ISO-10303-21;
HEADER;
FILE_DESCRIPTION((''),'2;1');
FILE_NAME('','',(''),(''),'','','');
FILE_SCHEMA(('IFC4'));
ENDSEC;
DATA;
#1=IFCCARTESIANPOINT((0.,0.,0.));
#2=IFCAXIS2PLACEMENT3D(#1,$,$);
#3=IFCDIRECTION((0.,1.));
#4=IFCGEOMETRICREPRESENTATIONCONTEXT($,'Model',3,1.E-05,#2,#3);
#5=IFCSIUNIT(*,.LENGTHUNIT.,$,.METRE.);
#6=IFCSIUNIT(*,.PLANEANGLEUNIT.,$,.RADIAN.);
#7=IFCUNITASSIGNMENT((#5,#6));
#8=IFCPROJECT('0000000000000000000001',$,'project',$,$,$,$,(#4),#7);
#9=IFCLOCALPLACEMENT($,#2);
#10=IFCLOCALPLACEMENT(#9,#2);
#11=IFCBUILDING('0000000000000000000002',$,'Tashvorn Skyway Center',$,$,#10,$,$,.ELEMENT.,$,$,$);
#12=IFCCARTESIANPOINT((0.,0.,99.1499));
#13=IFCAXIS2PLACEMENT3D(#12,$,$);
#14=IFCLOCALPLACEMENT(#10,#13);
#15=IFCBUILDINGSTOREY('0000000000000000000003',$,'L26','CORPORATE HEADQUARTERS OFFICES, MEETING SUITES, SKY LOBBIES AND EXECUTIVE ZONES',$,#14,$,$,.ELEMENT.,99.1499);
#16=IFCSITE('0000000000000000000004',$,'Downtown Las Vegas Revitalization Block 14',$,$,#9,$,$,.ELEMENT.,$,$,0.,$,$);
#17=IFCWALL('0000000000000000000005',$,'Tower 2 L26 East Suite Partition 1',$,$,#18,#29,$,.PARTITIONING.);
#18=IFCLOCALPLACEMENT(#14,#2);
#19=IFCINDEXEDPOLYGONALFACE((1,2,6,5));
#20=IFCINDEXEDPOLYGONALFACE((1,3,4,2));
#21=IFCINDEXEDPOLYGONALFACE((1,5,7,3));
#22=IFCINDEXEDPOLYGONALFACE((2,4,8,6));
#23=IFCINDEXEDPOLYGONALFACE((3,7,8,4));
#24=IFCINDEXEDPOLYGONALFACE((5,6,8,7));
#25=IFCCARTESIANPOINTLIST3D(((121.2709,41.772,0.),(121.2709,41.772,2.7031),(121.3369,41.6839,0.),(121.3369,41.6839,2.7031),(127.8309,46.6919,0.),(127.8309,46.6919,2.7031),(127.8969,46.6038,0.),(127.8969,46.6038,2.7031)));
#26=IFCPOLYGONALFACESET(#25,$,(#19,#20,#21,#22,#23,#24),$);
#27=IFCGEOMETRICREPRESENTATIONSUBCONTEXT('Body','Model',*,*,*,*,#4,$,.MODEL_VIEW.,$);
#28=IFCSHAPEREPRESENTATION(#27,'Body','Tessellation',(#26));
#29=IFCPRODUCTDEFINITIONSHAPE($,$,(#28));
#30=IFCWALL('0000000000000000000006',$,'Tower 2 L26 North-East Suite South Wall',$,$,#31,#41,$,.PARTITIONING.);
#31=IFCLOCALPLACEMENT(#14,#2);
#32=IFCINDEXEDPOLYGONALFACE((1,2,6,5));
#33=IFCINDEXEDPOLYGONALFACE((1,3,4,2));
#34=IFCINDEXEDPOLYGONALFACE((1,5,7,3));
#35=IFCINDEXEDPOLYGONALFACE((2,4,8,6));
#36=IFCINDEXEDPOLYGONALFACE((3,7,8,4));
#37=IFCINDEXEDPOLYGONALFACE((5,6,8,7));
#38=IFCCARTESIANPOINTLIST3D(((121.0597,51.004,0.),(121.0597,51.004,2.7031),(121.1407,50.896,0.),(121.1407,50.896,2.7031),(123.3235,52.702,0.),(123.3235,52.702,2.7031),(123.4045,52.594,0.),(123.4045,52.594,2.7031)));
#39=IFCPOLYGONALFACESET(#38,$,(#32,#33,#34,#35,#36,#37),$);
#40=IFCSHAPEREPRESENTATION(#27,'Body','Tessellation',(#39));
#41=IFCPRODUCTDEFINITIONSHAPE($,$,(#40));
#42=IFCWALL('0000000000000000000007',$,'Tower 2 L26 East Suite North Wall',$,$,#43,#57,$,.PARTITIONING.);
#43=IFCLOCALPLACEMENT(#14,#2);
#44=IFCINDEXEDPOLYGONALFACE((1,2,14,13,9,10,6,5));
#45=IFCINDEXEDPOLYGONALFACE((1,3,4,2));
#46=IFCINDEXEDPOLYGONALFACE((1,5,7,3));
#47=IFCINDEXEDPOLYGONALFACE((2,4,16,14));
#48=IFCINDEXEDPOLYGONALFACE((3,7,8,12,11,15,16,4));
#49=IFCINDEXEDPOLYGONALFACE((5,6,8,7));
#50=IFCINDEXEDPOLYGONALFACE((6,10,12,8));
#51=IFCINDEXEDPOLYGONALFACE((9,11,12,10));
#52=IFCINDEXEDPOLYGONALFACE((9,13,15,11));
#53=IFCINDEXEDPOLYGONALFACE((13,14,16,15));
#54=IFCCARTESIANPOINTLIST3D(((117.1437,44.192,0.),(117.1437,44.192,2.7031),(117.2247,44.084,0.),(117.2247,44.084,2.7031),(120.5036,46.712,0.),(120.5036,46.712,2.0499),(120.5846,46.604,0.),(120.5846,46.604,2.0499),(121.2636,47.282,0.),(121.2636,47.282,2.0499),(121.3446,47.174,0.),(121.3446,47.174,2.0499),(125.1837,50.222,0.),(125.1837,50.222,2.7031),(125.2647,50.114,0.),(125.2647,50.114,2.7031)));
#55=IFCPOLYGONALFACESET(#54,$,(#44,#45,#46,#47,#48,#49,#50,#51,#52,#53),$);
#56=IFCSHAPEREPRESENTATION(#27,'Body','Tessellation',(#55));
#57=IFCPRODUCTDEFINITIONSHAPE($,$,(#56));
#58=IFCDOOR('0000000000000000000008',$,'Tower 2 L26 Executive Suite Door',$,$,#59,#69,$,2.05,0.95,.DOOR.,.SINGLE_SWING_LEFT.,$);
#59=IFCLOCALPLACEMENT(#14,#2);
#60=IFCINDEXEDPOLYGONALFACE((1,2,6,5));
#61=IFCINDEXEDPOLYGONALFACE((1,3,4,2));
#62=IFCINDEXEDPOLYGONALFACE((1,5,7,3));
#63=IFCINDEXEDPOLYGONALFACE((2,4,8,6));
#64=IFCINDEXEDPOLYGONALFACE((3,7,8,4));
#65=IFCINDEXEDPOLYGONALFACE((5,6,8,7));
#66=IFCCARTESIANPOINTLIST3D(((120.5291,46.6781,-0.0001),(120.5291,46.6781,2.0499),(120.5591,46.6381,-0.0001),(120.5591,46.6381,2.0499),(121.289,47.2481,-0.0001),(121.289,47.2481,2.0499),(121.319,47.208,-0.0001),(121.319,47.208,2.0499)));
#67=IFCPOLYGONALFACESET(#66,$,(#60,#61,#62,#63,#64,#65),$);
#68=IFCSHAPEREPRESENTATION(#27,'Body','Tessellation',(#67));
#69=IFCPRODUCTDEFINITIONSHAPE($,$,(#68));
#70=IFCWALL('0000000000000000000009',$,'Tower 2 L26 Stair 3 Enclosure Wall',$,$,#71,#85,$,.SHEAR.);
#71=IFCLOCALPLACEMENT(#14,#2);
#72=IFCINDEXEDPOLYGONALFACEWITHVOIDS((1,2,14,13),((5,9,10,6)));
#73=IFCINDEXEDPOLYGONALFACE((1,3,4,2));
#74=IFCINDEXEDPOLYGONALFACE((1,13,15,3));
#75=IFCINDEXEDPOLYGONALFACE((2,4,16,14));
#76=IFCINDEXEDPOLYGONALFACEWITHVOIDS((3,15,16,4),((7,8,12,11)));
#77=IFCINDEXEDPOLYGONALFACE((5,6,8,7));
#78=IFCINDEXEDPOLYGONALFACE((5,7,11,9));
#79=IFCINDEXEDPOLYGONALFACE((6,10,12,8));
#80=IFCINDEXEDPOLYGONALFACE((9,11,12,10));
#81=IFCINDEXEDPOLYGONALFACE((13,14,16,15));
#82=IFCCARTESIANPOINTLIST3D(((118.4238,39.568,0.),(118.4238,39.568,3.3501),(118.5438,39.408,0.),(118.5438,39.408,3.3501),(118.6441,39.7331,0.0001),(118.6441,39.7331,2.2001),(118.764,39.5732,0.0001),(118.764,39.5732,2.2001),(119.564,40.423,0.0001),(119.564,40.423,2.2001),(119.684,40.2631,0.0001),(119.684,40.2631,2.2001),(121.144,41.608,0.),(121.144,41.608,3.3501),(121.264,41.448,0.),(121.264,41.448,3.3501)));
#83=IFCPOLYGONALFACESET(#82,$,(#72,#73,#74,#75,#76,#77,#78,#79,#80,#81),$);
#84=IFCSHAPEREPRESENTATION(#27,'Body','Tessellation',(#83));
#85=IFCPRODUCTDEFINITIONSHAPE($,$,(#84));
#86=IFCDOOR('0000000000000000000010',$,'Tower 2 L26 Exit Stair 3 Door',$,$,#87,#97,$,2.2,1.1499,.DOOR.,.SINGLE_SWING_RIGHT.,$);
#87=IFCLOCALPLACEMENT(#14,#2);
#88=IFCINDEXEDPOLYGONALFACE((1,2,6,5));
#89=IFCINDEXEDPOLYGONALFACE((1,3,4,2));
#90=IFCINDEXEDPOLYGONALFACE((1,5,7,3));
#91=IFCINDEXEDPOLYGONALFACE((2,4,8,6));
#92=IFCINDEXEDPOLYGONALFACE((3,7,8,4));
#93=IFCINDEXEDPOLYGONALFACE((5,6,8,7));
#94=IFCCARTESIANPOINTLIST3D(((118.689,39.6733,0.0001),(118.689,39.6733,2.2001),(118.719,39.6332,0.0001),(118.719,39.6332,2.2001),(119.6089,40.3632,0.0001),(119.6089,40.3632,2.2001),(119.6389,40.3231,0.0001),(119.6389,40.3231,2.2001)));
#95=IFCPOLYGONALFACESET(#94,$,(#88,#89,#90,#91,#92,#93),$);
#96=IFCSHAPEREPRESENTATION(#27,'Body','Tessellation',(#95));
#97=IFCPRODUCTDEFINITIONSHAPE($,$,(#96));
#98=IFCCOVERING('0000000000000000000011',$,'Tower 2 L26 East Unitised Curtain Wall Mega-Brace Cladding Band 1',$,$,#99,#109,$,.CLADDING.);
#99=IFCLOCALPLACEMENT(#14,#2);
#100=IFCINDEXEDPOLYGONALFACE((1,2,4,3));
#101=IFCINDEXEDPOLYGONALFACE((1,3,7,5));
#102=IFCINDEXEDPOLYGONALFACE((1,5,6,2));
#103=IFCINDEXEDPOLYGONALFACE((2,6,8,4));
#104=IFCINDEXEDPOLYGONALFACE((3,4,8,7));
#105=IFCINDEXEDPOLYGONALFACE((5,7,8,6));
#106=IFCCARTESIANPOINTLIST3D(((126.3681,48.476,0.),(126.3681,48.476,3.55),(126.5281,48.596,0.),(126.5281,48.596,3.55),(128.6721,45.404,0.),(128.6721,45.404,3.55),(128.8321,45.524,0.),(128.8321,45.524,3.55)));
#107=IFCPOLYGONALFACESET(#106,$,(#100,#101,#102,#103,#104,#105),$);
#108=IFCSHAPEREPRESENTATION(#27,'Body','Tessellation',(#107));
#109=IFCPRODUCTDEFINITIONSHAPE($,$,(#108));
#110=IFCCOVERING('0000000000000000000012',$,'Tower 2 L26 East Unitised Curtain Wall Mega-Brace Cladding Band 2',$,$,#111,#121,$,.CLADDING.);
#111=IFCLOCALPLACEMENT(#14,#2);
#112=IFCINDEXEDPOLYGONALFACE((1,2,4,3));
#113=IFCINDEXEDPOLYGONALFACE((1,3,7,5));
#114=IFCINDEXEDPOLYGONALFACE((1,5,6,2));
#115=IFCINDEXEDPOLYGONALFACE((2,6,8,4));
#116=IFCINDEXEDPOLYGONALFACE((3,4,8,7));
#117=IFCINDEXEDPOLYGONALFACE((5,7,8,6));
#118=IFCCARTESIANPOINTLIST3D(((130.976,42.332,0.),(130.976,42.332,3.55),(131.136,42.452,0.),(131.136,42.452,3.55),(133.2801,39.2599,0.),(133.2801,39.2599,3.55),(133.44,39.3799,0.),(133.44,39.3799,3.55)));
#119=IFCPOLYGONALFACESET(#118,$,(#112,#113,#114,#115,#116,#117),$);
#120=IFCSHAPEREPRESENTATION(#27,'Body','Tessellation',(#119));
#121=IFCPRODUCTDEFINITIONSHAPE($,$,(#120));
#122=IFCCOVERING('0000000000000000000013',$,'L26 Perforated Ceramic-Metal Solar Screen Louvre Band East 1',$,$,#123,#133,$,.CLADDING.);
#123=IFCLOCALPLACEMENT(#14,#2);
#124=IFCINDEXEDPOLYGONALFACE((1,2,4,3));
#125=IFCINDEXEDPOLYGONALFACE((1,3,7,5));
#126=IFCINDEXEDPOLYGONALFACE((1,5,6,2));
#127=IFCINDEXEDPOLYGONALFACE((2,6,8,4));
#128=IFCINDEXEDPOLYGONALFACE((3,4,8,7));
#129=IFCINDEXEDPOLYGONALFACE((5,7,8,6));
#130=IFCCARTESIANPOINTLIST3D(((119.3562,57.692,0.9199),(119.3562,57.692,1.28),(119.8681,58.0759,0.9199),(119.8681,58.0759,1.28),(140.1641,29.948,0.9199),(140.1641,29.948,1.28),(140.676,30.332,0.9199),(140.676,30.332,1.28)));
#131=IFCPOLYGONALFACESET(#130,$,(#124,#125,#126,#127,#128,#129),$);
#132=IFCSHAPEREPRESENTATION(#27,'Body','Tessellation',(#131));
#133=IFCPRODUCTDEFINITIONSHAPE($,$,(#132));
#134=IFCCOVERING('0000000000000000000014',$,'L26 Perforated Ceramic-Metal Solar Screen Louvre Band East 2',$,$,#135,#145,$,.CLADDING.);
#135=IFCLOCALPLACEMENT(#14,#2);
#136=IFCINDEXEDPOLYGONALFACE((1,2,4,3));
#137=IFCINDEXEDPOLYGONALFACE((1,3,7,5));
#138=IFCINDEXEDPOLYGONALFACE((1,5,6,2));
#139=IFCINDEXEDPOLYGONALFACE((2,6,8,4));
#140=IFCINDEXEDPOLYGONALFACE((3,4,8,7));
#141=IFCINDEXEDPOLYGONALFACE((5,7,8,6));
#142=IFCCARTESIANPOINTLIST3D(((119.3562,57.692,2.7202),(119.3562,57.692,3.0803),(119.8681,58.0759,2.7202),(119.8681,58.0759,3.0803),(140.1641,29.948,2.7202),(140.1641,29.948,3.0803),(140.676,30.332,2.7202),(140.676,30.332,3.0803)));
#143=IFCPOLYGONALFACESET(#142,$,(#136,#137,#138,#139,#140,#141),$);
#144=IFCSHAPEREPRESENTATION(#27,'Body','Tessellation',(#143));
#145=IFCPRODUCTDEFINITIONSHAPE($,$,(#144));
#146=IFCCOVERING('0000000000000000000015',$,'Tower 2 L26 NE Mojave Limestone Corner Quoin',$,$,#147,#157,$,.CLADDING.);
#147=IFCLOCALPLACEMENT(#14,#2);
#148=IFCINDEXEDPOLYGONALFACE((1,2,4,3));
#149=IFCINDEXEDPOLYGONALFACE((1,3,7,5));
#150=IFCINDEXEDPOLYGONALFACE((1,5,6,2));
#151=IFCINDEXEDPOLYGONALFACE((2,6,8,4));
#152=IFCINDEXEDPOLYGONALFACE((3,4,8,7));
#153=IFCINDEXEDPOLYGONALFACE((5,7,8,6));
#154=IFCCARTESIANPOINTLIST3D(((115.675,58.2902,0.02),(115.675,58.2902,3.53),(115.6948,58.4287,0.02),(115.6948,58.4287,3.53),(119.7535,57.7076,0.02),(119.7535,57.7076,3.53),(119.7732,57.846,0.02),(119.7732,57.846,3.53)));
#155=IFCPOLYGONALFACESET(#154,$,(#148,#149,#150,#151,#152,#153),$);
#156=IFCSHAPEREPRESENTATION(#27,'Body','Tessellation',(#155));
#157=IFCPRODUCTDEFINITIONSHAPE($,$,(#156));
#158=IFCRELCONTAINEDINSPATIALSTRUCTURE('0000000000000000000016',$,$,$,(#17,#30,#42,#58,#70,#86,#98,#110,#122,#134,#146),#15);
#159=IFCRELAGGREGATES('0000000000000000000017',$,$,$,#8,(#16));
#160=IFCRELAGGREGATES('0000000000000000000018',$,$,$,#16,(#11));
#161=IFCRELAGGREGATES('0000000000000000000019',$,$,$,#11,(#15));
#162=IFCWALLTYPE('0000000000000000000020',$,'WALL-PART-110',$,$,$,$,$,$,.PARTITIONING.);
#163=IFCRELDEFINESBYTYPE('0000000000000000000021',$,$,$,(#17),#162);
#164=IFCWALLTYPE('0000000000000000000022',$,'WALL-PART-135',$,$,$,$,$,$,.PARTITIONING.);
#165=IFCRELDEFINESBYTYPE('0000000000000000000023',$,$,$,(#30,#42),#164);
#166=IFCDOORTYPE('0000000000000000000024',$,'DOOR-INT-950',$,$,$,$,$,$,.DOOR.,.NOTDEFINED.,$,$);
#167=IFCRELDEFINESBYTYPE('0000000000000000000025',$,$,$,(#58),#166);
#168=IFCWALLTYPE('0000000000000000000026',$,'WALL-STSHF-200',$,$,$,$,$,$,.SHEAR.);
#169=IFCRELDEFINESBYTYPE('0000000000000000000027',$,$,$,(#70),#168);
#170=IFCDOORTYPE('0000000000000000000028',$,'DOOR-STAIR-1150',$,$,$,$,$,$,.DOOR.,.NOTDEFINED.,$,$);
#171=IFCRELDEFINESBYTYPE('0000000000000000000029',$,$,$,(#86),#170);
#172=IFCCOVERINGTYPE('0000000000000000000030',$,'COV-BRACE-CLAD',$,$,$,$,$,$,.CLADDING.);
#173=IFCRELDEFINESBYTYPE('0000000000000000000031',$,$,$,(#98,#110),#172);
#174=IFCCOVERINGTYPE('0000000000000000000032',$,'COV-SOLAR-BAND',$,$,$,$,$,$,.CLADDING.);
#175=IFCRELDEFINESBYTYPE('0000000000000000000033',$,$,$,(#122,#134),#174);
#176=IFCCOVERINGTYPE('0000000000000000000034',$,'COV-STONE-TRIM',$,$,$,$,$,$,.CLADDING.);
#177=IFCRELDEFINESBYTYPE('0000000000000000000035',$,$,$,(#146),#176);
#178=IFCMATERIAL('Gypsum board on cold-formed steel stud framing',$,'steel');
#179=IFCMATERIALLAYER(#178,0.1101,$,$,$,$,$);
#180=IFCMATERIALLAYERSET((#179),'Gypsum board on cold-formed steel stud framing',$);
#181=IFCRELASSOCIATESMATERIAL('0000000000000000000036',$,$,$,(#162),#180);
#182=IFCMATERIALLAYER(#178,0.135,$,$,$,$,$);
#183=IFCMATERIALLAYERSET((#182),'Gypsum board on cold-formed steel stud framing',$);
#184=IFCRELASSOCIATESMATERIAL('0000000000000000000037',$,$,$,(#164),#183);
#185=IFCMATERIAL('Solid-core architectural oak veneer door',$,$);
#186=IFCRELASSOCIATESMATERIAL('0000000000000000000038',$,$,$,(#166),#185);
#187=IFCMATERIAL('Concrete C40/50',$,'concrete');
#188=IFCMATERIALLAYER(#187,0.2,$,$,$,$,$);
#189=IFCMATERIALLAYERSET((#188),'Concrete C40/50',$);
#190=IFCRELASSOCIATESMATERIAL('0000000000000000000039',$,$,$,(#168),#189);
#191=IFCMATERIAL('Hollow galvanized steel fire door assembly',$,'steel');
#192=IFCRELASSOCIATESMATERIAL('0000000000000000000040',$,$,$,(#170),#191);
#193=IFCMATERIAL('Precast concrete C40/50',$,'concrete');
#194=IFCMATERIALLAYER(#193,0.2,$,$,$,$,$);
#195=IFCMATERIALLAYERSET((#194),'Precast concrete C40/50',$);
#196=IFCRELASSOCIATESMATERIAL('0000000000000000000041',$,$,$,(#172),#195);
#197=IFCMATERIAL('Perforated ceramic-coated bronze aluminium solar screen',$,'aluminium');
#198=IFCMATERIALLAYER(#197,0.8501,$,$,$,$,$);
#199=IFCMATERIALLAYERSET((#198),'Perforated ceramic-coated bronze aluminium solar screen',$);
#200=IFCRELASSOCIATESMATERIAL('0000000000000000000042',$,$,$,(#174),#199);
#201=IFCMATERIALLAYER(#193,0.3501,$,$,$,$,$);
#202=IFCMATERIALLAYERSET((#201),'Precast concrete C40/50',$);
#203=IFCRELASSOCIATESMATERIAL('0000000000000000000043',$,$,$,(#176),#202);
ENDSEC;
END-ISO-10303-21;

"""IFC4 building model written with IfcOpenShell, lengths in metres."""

from ifc_helpers import new_model, si_unit, direction, frame, frame_2d, origin, origin_2d, place, context, subcontext, project, spatial, rectangle, extrude, material, layer, layer_set, type_object, element, fill, save


model = new_model("IFC4")

# Units and contexts
model_context = context("Model", 3, precision=1e-05, world=origin(), true_north=direction((0.0, 1.0)))
body_context = subcontext(model_context, "Body", "Model", "MODEL_VIEW")
ifc_project = project(units=[si_unit("LENGTHUNIT", "METRE"), si_unit("PLANEANGLEUNIT", "RADIAN")], contexts=[model_context])

# Site, building, storey
site_placement = place(None, origin())
site = spatial("IfcSite", under=ifc_project, at=site_placement, Name="Downtown Las Vegas Revitalization Block 14", CompositionType="ELEMENT", RefElevation=0.0)
building_placement = place(site_placement, origin())
building = spatial("IfcBuilding", under=site, at=building_placement, Name="Tashvorn Skyway Center", CompositionType="ELEMENT")
storey_placement = place(building_placement, frame((0.0, 0.0, 99.1499)))
storey = spatial("IfcBuildingStorey", under=building, at=storey_placement, Name="L26", Description="CORPORATE HEADQUARTERS OFFICES, MEETING SUITES, SKY LOBBIES AND EXECUTIVE ZONES", CompositionType="ELEMENT", Elevation=99.1499)

# Walls
ifc_material_1 = material(Name="Precast concrete C40/50", Category="concrete")
ifc_material_2 = material(Name="Gypsum board on cold-formed steel stud framing", Category="steel")
ifc_layer_1 = layer(ifc_material_2, 0.1101)
ifc_layer_set_1 = layer_set([ifc_layer_1], Name="Gypsum board on cold-formed steel stud framing")
wall_type_1 = type_object("IfcWallType", Name="WALL-PART-110", PredefinedType="PARTITIONING", material=ifc_layer_set_1)
wall_1_placement = place(storey_placement, frame((127.864, 46.6479, 0.0), z_axis=(0.0, 0.0, 1.0), x_axis=(-0.800007, -0.59999, 0.0)))
element("IfcWall", 1, at=wall_1_placement, inside=storey, type_object=wall_type_1, Name="Tower 2 L26 East Suite Partition 1", PredefinedType="PARTITIONING", context=body_context, shape_type="SweptSolid", body=[
    extrude(rectangle(XDim=8.2, YDim=0.1101, at=frame_2d((4.1001, 0.0))), origin(), (0.0, 0.0, 1.0), 2.7031),
])
ifc_layer_2 = layer(ifc_material_2, 0.135)
ifc_layer_set_2 = layer_set([ifc_layer_2], Name="Gypsum board on cold-formed steel stud framing")
wall_type_2 = type_object("IfcWallType", Name="WALL-PART-135", PredefinedType="PARTITIONING", material=ifc_layer_set_2)
wall_2_placement = place(storey_placement, frame((121.1001, 50.95, 0.0), z_axis=(0.0, 0.0, 1.0), x_axis=(0.79999, 0.600014, 0.0)))
element("IfcWall", 2, at=wall_2_placement, inside=storey, type_object=wall_type_2, Name="Tower 2 L26 North-East Suite South Wall", PredefinedType="PARTITIONING", context=body_context, shape_type="SweptSolid", body=[
    extrude(rectangle(XDim=2.8298, YDim=0.135, at=frame_2d((1.415, 0.0))), origin(), (0.0, 0.0, 1.0), 2.7031),
])

# Walls, openings, doors
wall_3_placement = place(storey_placement, frame((125.2241, 50.168, 0.0), z_axis=(0.0, 0.0, 1.0), x_axis=(-0.8, -0.6, 0.0)))
wall_3 = element("IfcWall", 3, at=wall_3_placement, inside=storey, type_object=wall_type_2, Name="Tower 2 L26 East Suite North Wall", PredefinedType="PARTITIONING", context=body_context, shape_type="SweptSolid", body=[
    extrude(rectangle(XDim=10.05, YDim=0.135, at=frame_2d((5.0249, 0.0))), origin(), (0.0, 0.0, 1.0), 2.7031),
])
opening_1_placement = place(wall_3_placement, frame((4.8999, 0.0, 0.0)))
opening_1 = element("IfcOpeningElement", 4, at=opening_1_placement, cuts=wall_3, PredefinedType="OPENING", context=body_context, shape_type="SweptSolid", body=[
    extrude(rectangle(XDim=0.95, YDim=2.05, at=frame_2d((0.4751, 1.0249))), frame((0.0, 0.0774, 0.0), z_axis=(0.0, -1.0, 0.0), x_axis=(1.0, 0.0, 0.0)), (0.0, 0.0, 1.0), 0.155),
])
ifc_material_3 = material(Name="Solid-core architectural oak veneer door")
door_type_1 = type_object("IfcDoorType", Name="DOOR-INT-950", OperationType="NOTDEFINED", PredefinedType="DOOR", material=ifc_material_3)
door_1_placement = place(opening_1_placement, origin())
door_1 = element("IfcDoor", 5, at=door_1_placement, inside=storey, type_object=door_type_1, Name="Tower 2 L26 Executive Suite Door", OperationType="SINGLE_SWING_LEFT", OverallHeight=2.05, OverallWidth=0.95, PredefinedType="DOOR", context=body_context, shape_type="SweptSolid", body=[
    extrude(rectangle(XDim=0.95, YDim=2.05, at=frame_2d((0.4751, 1.0249))), frame((0.0, 0.0249, 0.0), z_axis=(0.0, -1.0, 0.0), x_axis=(1.0, 0.0, 0.0)), (0.0, 0.0, 1.0), 0.05),
])
fill(opening_1, door_1)
ifc_material_4 = material(Name="Concrete C40/50", Category="concrete")
ifc_layer_3 = layer(ifc_material_4, 0.2)
ifc_layer_set_3 = layer_set([ifc_layer_3], Name="Concrete C40/50")
wall_type_3 = type_object("IfcWallType", Name="WALL-STSHF-200", PredefinedType="SHEAR", material=ifc_layer_set_3)
wall_4_placement = place(storey_placement, frame((121.2041, 41.5281, 0.0), z_axis=(0.0, 0.0, 1.0), x_axis=(-0.800017, -0.599977, 0.0)))
wall_4 = element("IfcWall", 6, at=wall_4_placement, inside=storey, type_object=wall_type_3, Name="Tower 2 L26 Stair 3 Enclosure Wall", PredefinedType="SHEAR", context=body_context, shape_type="SweptSolid", body=[
    extrude(rectangle(XDim=3.4001, YDim=0.2, at=frame_2d((1.7002, 0.0))), origin(), (0.0, 0.0, 1.0), 3.3501),
])
opening_2_placement = place(wall_4_placement, frame((1.9751, 0.0, 0.0)))
opening_2 = element("IfcOpeningElement", 7, at=opening_2_placement, cuts=wall_4, PredefinedType="OPENING", context=body_context, shape_type="SweptSolid", body=[
    extrude(rectangle(XDim=1.1499, YDim=2.2, at=frame_2d((0.575, 1.1001))), frame((0.0, 0.1099, 0.0), z_axis=(0.0, -1.0, 0.0), x_axis=(1.0, 0.0, 0.0)), (0.0, 0.0, 1.0), 0.22),
])
ifc_material_5 = material(Name="Hollow galvanized steel fire door assembly", Category="steel")
door_type_2 = type_object("IfcDoorType", Name="DOOR-STAIR-1150", OperationType="NOTDEFINED", PredefinedType="DOOR", material=ifc_material_5)
door_2_placement = place(opening_2_placement, origin())
door_2 = element("IfcDoor", 8, at=door_2_placement, inside=storey, type_object=door_type_2, Name="Tower 2 L26 Exit Stair 3 Door", OperationType="SINGLE_SWING_RIGHT", OverallHeight=2.2, OverallWidth=1.1499, PredefinedType="DOOR", context=body_context, shape_type="SweptSolid", body=[
    extrude(rectangle(XDim=1.1499, YDim=2.2, at=frame_2d((0.575, 1.1001))), frame((0.0, 0.0249, 0.0), z_axis=(0.0, -1.0, 0.0), x_axis=(1.0, 0.0, 0.0)), (0.0, 0.0, 1.0), 0.05),
])
fill(opening_2, door_2)

# Coverings
ifc_layer_4 = layer(ifc_material_1, 0.2)
ifc_layer_set_4 = layer_set([ifc_layer_4], Name="Precast concrete C40/50")
covering_type_1 = type_object("IfcCoveringType", Name="COV-BRACE-CLAD", PredefinedType="CLADDING", material=ifc_layer_set_4)
for number, where, z_axis, x_axis, name in (
    (9, (127.6001, 47.0, 0.0), (0.0, 0.0, 1.0), (0.6, -0.8, 0.0), "Tower 2 L26 East Unitised Curtain Wall Mega-Brace Cladding Band 1"),
    (10, (132.208, 40.856, 0.0), (0.0, 0.0, 1.0), (0.6, -0.8, 0.0), "Tower 2 L26 East Unitised Curtain Wall Mega-Brace Cladding Band 2"),
):
    element("IfcCovering", number, at=place(storey_placement, frame(where, z_axis=z_axis, x_axis=x_axis)), inside=storey, type_object=covering_type_1, Name=name, PredefinedType="CLADDING", context=body_context, shape_type="SweptSolid", body=[
        extrude(rectangle(XDim=3.8401, YDim=0.2, at=origin_2d()), origin(), (0.0, 0.0, 1.0), 3.55),
    ])
ifc_material_6 = material(Name="Perforated ceramic-coated bronze aluminium solar screen", Category="aluminium")
ifc_layer_5 = layer(ifc_material_6, 0.8501)
ifc_layer_set_5 = layer_set([ifc_layer_5], Name="Perforated ceramic-coated bronze aluminium solar screen")
covering_type_2 = type_object("IfcCoveringType", Name="COV-SOLAR-BAND", PredefinedType="CLADDING", material=ifc_layer_set_5)
for number, where, z_axis, x_axis, name in (
    (11, (130.0161, 44.012, 0.9199), (0.0, 0.0, 1.0), (0.6, -0.8, 0.0), "L26 Perforated Ceramic-Metal Solar Screen Louvre Band East 1"),
    (12, (130.0161, 44.012, 2.7202), (0.0, 0.0, 1.0), (0.6, -0.8, 0.0), "L26 Perforated Ceramic-Metal Solar Screen Louvre Band East 2"),
):
    element("IfcCovering", number, at=place(storey_placement, frame(where, z_axis=z_axis, x_axis=x_axis)), inside=storey, type_object=covering_type_2, Name=name, PredefinedType="CLADDING", context=body_context, shape_type="SweptSolid", body=[
        extrude(rectangle(XDim=34.6799, YDim=0.6399, at=origin_2d()), origin(), (0.0, 0.0, 1.0), 0.3601),
    ])
ifc_layer_6 = layer(ifc_material_1, 0.3501)
ifc_layer_set_6 = layer_set([ifc_layer_6], Name="Precast concrete C40/50")
covering_type_3 = type_object("IfcCoveringType", Name="COV-STONE-TRIM", PredefinedType="CLADDING", material=ifc_layer_set_6)
covering_placement = place(storey_placement, frame((117.7241, 58.0681, 0.02), z_axis=(0.0, 0.0, 1.0), x_axis=(0.989949, -0.141421, 0.0)))
element("IfcCovering", 13, at=covering_placement, inside=storey, type_object=covering_type_3, Name="Tower 2 L26 NE Mojave Limestone Corner Quoin", PredefinedType="CLADDING", context=body_context, shape_type="SweptSolid", body=[
    extrude(rectangle(XDim=4.1199, YDim=0.1399, at=origin_2d()), origin(), (0.0, 0.0, 1.0), 3.51),
])

save(model, "model.ifc")
